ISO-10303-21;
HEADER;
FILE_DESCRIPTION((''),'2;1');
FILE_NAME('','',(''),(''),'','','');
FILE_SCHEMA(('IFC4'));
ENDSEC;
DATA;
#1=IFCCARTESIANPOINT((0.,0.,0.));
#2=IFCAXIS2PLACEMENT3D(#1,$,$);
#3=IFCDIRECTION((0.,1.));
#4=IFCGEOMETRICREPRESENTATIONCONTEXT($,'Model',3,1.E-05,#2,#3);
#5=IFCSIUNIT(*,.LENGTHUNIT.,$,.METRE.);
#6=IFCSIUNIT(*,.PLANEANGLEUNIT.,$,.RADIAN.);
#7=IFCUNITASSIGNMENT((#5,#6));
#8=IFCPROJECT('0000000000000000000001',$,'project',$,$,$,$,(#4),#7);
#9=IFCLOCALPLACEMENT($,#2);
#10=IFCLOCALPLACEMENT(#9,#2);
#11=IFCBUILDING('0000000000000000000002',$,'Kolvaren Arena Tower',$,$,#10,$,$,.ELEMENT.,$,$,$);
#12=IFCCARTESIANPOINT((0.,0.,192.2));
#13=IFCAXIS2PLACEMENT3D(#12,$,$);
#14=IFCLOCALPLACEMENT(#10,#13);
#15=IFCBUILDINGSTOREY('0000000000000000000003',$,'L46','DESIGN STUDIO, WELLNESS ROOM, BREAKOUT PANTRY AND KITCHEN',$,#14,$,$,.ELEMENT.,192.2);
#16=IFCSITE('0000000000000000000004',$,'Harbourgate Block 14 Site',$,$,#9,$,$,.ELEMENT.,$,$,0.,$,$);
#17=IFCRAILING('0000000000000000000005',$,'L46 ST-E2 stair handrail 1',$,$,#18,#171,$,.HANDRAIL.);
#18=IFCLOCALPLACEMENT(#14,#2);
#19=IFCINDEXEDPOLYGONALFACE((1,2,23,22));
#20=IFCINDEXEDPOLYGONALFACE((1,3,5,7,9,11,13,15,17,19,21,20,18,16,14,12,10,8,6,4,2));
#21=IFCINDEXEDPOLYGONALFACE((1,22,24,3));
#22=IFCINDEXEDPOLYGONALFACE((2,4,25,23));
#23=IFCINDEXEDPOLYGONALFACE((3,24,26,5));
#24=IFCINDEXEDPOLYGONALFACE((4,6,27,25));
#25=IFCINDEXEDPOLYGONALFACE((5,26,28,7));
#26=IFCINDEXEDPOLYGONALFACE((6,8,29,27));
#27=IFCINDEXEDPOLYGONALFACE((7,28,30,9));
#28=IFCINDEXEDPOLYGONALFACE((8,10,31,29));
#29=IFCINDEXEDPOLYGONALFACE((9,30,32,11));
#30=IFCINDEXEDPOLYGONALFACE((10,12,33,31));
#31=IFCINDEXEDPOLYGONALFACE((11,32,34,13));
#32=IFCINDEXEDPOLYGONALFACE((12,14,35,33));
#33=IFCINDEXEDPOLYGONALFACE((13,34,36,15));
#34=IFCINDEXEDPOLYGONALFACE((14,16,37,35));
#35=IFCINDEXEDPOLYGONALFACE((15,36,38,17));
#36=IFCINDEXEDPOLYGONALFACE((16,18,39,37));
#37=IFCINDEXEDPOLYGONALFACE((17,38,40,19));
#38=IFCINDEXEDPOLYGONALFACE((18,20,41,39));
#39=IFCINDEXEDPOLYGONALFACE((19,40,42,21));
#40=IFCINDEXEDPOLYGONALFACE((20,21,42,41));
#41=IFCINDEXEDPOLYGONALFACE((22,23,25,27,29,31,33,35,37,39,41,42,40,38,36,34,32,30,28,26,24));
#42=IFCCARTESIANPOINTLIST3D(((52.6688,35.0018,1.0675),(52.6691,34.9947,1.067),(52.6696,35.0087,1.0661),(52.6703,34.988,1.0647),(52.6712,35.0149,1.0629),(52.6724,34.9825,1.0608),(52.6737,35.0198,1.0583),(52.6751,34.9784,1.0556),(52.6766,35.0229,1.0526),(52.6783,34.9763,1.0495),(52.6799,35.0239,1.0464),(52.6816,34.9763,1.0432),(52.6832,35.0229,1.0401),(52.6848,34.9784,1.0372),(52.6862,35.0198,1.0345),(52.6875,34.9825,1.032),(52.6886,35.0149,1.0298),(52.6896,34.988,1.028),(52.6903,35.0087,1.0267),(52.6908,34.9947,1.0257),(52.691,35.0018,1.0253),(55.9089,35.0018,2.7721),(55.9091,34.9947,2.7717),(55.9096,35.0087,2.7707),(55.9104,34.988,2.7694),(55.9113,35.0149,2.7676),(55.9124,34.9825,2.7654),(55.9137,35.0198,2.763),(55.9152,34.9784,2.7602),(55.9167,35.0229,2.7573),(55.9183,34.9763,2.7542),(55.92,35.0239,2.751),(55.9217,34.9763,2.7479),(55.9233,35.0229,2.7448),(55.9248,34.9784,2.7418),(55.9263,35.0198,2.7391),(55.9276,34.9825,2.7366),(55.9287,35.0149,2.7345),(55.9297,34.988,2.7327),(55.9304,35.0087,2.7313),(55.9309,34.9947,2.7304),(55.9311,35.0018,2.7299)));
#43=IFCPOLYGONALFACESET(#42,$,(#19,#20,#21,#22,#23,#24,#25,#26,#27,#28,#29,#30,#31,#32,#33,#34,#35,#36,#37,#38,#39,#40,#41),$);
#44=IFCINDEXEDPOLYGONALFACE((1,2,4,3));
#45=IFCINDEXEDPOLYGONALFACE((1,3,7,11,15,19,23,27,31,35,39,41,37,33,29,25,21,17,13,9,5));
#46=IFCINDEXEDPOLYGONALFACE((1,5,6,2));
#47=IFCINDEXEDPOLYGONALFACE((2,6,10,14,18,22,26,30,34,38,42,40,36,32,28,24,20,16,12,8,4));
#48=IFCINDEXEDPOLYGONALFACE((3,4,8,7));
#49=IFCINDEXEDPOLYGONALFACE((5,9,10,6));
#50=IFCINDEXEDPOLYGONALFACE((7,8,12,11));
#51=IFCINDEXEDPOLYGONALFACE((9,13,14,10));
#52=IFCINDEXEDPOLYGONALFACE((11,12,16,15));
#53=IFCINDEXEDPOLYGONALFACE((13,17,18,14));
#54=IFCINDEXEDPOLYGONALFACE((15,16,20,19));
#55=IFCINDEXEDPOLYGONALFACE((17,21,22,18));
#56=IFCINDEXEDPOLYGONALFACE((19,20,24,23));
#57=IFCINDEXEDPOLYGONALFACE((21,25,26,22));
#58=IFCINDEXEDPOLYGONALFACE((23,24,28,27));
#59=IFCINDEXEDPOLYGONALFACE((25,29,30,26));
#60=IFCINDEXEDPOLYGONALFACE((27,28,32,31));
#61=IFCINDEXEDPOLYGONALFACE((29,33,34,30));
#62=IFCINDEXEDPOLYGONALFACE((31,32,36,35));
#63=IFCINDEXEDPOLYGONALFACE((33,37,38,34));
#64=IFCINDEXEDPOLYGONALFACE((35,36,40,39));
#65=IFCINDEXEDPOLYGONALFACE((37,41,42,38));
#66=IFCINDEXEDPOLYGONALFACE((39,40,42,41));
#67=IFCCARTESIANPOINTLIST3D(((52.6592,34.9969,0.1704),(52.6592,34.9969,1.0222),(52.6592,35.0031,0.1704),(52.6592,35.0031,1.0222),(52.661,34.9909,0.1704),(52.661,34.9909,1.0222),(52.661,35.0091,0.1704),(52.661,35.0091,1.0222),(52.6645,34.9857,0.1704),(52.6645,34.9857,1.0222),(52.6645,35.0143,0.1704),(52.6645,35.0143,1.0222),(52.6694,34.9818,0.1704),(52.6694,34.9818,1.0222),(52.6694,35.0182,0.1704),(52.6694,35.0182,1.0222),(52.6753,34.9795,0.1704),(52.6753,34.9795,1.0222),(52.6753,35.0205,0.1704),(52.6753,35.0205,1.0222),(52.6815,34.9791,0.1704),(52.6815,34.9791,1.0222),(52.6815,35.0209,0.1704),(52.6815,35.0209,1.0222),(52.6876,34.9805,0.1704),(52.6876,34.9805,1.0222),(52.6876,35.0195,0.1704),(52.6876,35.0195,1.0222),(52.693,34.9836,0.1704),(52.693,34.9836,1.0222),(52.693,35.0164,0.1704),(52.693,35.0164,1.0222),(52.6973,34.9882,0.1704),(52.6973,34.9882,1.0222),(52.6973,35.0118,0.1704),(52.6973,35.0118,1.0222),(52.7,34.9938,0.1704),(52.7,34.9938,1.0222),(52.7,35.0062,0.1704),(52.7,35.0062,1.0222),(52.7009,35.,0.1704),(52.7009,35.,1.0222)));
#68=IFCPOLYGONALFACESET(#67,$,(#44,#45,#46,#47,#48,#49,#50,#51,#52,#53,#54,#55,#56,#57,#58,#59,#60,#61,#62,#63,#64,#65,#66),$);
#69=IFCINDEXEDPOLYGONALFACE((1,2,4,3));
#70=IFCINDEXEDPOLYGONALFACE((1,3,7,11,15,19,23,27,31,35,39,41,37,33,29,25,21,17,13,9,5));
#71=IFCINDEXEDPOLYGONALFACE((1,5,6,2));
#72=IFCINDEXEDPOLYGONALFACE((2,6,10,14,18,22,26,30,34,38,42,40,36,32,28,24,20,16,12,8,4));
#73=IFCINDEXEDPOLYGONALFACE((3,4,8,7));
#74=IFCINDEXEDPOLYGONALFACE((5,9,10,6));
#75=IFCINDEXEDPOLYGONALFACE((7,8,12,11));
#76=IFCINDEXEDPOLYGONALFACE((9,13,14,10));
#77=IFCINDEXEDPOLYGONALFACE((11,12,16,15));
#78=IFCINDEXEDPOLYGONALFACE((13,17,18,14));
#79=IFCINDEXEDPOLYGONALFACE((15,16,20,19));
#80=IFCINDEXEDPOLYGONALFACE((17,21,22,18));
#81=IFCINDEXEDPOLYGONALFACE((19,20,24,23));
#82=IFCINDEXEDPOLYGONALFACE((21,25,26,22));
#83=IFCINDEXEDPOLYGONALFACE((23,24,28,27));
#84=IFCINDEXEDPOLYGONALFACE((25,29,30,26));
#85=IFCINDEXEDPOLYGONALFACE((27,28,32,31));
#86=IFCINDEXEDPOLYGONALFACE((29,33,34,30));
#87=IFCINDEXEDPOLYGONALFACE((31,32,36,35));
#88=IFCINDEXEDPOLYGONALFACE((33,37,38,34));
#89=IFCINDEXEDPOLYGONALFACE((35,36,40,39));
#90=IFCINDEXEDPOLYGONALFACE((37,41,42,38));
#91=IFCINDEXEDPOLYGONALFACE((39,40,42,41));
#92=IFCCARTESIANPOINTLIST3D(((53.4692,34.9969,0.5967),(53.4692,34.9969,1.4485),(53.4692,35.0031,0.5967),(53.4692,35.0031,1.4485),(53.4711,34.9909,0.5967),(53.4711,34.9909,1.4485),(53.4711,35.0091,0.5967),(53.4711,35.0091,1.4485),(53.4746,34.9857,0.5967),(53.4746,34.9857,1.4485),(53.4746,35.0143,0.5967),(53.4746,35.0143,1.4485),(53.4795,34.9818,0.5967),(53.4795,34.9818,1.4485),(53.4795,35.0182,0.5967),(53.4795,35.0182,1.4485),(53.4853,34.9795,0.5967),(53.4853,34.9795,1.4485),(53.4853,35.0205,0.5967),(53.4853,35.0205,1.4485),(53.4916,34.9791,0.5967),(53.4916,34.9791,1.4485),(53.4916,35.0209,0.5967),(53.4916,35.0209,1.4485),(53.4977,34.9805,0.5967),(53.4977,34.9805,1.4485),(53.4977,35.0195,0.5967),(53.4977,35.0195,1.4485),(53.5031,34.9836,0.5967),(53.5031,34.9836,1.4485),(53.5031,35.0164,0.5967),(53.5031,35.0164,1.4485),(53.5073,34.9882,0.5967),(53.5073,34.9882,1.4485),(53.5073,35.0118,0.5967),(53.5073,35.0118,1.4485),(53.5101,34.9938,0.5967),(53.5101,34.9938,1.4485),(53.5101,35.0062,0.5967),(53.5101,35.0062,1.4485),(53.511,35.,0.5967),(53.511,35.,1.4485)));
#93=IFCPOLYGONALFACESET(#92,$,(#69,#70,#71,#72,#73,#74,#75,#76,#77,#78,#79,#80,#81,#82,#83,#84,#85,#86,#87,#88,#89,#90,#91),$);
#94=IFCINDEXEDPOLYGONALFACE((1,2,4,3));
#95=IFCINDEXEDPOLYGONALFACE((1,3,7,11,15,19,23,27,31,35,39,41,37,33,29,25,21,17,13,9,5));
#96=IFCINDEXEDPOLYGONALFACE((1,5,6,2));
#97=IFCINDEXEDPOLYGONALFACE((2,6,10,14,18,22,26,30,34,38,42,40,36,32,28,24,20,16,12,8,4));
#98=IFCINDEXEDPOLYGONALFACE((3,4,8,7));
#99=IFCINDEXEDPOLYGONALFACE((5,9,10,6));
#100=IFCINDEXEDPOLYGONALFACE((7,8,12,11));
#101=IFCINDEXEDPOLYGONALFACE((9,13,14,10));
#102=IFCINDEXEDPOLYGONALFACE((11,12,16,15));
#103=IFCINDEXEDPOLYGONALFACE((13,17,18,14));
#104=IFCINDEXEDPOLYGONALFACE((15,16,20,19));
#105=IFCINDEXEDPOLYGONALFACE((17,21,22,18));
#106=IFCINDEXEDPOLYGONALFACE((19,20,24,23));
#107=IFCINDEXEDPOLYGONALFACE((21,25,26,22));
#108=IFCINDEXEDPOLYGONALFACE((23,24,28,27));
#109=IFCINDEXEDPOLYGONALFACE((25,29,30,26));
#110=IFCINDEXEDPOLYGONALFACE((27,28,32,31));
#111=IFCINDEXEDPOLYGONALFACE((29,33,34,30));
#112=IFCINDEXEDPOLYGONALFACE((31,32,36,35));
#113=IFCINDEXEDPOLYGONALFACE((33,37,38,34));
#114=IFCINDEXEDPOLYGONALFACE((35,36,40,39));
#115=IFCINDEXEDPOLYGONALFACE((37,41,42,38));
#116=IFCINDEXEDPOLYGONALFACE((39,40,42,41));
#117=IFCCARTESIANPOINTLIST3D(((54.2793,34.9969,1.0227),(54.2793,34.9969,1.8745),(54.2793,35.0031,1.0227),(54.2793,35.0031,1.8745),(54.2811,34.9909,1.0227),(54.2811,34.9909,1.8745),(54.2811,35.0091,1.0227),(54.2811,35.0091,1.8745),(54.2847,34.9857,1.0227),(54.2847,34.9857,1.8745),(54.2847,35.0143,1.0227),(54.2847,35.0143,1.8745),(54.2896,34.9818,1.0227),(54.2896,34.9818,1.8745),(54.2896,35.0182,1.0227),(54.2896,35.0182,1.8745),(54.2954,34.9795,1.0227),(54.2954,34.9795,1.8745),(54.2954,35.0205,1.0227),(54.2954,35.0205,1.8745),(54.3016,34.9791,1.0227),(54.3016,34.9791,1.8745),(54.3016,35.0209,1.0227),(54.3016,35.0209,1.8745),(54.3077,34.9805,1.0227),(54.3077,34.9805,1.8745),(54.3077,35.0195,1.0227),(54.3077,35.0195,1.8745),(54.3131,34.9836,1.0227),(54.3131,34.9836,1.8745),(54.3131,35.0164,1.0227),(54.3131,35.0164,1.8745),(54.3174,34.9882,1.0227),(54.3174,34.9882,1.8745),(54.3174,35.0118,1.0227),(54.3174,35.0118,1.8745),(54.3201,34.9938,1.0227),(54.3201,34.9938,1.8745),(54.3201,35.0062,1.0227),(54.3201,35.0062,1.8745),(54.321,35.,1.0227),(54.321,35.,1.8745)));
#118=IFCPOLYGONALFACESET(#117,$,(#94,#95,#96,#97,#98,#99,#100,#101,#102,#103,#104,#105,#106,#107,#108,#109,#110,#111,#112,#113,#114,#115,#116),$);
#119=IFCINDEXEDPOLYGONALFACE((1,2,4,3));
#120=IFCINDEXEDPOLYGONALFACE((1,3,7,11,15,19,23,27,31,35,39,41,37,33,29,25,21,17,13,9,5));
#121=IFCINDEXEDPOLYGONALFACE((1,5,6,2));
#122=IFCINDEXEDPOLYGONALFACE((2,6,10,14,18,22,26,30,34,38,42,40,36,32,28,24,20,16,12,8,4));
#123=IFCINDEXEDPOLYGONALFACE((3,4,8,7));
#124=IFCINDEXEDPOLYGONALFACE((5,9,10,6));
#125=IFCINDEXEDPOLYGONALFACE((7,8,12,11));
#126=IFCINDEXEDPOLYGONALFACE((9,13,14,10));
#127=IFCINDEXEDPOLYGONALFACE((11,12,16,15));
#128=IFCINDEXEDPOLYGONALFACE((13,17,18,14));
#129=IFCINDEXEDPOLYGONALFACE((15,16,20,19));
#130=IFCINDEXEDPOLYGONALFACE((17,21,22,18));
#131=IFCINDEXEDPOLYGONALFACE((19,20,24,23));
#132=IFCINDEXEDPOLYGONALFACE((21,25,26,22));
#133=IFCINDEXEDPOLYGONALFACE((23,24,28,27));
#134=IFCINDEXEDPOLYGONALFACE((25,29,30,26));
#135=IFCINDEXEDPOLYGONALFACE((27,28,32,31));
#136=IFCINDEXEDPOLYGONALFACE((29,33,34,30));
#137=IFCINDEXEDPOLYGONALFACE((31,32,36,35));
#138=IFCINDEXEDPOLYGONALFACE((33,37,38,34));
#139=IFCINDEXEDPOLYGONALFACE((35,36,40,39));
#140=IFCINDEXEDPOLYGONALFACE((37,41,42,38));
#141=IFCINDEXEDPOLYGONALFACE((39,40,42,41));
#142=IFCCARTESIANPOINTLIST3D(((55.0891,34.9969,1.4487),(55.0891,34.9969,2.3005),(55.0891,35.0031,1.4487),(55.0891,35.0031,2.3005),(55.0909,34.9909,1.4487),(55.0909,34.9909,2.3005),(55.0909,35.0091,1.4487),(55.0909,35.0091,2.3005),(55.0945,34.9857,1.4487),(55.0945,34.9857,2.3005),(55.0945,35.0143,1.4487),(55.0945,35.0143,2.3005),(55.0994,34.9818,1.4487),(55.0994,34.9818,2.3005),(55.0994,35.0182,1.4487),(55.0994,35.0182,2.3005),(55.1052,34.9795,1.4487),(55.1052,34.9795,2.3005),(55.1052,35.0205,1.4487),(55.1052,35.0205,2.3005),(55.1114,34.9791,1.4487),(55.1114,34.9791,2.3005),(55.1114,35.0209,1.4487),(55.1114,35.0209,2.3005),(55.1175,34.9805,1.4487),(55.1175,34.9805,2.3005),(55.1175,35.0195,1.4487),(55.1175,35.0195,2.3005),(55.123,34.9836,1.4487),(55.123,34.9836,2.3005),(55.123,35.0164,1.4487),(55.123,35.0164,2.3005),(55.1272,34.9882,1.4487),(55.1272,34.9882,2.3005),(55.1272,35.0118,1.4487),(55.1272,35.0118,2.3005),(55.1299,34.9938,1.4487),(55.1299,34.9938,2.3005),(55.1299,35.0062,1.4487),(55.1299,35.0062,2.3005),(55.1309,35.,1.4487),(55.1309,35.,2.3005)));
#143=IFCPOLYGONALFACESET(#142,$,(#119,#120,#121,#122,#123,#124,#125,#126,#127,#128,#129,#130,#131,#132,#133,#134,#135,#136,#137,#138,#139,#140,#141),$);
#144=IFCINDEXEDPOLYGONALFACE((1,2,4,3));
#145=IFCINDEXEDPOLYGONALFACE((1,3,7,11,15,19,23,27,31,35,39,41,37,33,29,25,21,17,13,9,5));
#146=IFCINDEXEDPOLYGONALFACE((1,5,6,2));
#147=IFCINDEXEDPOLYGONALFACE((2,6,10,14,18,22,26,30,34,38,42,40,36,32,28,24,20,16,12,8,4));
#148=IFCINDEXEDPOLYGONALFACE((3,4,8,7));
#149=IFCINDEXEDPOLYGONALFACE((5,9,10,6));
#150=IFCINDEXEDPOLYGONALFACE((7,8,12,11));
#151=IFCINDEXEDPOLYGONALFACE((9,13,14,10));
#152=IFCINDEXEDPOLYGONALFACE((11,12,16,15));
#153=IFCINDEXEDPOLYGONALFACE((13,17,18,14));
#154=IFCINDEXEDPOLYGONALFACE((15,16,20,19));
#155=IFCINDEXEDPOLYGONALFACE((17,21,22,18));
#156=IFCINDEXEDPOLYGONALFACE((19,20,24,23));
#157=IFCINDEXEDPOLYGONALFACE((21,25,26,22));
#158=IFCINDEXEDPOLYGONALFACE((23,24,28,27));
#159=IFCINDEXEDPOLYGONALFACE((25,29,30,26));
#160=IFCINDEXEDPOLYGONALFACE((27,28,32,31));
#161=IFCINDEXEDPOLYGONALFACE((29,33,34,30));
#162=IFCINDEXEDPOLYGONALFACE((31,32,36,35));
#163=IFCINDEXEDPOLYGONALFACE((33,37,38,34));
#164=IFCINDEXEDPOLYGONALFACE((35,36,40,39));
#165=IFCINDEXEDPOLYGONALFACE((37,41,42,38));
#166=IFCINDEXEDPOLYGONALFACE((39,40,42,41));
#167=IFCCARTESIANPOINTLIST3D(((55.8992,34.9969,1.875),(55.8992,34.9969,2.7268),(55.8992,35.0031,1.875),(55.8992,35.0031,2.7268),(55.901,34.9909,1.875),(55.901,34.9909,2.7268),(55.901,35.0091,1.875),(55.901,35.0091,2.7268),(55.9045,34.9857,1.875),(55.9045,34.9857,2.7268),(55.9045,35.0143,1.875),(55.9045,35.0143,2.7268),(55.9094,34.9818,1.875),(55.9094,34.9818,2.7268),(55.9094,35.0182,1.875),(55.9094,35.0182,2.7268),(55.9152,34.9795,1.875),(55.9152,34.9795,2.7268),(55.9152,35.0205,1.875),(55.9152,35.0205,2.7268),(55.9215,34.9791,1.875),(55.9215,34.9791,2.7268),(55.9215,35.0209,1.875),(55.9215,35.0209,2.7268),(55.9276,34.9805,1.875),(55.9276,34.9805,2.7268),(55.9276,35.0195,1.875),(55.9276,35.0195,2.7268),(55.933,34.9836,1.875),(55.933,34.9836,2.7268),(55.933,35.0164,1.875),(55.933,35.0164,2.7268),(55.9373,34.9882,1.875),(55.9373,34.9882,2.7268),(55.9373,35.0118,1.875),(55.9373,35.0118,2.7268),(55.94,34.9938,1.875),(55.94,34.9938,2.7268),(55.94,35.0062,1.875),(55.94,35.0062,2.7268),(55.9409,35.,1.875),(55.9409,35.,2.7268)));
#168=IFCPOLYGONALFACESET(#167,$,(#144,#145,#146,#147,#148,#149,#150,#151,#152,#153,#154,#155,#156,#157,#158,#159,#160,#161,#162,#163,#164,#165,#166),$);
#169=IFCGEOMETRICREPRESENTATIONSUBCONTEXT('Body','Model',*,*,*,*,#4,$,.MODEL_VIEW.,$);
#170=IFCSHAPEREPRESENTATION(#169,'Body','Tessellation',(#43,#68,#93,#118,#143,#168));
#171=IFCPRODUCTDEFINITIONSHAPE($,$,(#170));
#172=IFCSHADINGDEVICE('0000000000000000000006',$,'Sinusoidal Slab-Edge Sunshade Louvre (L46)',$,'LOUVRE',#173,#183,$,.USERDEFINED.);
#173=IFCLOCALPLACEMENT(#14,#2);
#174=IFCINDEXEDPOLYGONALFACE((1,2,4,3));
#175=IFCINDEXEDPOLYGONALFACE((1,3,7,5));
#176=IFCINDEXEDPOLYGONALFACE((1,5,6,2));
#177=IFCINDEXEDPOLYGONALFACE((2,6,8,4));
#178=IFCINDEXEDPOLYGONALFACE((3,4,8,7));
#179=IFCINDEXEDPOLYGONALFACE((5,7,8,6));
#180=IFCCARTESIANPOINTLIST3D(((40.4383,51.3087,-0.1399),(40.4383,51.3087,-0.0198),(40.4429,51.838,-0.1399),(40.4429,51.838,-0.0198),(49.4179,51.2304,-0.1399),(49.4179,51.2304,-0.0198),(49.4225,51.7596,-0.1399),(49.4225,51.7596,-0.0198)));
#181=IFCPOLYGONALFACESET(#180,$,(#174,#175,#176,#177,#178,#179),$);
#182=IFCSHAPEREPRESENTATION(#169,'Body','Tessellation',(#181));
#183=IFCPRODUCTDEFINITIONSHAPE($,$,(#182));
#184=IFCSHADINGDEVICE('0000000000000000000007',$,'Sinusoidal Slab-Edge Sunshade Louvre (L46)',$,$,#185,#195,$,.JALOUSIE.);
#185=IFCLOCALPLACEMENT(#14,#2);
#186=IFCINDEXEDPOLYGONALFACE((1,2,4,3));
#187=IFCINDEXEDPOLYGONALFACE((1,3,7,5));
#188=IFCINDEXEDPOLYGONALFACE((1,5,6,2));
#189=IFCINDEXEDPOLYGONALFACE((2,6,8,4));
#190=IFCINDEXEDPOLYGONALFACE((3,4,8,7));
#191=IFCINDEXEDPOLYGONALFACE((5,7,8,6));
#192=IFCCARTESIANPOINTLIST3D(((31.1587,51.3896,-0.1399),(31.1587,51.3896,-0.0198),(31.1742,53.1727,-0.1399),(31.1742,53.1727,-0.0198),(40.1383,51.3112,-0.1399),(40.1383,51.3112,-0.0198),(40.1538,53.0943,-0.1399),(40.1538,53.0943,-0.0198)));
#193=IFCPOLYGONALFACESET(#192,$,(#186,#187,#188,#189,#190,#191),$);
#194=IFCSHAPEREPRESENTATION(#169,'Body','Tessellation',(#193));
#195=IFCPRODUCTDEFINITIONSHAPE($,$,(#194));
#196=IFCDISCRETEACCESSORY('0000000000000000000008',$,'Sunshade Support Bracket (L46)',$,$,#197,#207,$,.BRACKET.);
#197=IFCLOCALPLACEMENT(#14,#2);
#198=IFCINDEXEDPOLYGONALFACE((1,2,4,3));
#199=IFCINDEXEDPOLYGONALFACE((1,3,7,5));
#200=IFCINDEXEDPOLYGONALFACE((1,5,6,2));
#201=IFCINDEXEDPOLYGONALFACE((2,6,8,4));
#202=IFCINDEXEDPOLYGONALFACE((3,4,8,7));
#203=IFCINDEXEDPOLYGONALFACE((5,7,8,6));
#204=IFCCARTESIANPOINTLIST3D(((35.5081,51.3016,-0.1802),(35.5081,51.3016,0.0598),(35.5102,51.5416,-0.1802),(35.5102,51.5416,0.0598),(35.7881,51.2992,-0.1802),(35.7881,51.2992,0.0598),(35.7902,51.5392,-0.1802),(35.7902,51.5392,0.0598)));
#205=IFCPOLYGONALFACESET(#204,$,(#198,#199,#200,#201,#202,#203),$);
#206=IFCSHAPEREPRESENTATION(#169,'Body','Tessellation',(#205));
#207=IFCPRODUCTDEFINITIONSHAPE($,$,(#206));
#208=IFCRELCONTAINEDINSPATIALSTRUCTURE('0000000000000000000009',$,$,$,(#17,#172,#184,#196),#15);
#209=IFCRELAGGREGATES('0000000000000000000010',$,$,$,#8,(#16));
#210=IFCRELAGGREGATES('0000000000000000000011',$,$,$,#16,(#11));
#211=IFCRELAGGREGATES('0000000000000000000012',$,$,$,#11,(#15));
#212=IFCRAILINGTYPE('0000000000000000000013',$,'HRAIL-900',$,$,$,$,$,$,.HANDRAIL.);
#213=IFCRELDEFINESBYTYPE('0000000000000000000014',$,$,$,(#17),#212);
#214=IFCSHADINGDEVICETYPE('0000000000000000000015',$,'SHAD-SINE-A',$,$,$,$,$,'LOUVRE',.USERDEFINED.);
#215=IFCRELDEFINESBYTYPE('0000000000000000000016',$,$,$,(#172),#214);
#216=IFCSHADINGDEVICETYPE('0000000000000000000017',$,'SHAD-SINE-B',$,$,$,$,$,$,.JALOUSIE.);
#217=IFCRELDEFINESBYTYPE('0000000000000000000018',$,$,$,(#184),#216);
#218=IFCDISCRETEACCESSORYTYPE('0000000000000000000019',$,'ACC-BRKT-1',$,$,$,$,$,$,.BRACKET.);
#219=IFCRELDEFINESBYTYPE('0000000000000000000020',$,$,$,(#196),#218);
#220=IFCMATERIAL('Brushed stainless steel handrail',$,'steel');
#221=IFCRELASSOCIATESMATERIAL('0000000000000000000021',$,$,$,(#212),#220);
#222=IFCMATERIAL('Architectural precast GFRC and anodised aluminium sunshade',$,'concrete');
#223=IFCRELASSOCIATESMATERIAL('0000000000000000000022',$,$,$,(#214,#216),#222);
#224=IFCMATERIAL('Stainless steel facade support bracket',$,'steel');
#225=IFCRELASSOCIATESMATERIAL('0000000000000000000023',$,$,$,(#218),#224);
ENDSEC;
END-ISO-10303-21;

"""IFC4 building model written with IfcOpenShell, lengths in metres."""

from ifc_helpers import new_model, si_unit, direction, frame, origin, origin_2d, place, context, subcontext, project, spatial, rectangle, circle, extrude, material, type_object, element, save


model = new_model("IFC4")

# Units and contexts
model_context = context("Model", 3, precision=1e-05, world=origin(), true_north=direction((0.0, 1.0)))
body_context = subcontext(model_context, "Body", "Model", "MODEL_VIEW")
ifc_project = project(units=[si_unit("LENGTHUNIT", "METRE"), si_unit("PLANEANGLEUNIT", "RADIAN")], contexts=[model_context])

# Site, building, storey
site_placement = place(None, origin())
site = spatial("IfcSite", under=ifc_project, at=site_placement, Name="Harbourgate Block 14 Site", CompositionType="ELEMENT", RefElevation=0.0)
building_placement = place(site_placement, origin())
building = spatial("IfcBuilding", under=site, at=building_placement, Name="Kolvaren Arena Tower", CompositionType="ELEMENT")
storey_placement = place(building_placement, frame((0.0, 0.0, 192.2)))
storey = spatial("IfcBuildingStorey", under=building, at=storey_placement, Name="L46", Description="DESIGN STUDIO, WELLNESS ROOM, BREAKOUT PANTRY AND KITCHEN", CompositionType="ELEMENT", Elevation=192.2)

# Railing
ifc_material_1 = material(Name="Brushed stainless steel handrail", Category="steel")
railing_type_1 = type_object("IfcRailingType", Name="HRAIL-900", PredefinedType="HANDRAIL", material=ifc_material_1)
railing_1_placement = place(storey_placement, frame((52.6799, 35.0, 0.1704)))
element("IfcRailing", 1, at=railing_1_placement, inside=storey, type_object=railing_type_1, Name="L46 ST-E2 stair handrail 1", PredefinedType="HANDRAIL", context=body_context, shape_type="SweptSolid", body=[
    extrude(circle(Radius=0.0239, at=origin_2d()), frame((0.0, 0.0, 0.876), z_axis=(0.884993, 0.0, 0.465604), x_axis=(0.0, 1.0, 0.0)), (0.0, 0.0, 1.0), 3.6611),
    extrude(circle(Radius=0.021, at=origin_2d()), origin(), (0.0, 0.0, 1.0), 0.8518),
    extrude(circle(Radius=0.021, at=origin_2d()), frame((0.8101, 0.0, 0.4263)), (0.0, 0.0, 1.0), 0.8518),
    extrude(circle(Radius=0.021, at=origin_2d()), frame((1.6201, 0.0, 0.8523)), (0.0, 0.0, 1.0), 0.8518),
    extrude(circle(Radius=0.021, at=origin_2d()), frame((2.4299, 0.0, 1.2783)), (0.0, 0.0, 1.0), 0.8518),
    extrude(circle(Radius=0.021, at=origin_2d()), frame((3.24, 0.0, 1.7046)), (0.0, 0.0, 1.0), 0.8518),
])

# Shading devices
ifc_material_2 = material(Name="Architectural precast GFRC and anodised aluminium sunshade", Category="concrete")
shading_device_type_1 = type_object("IfcShadingDeviceType", Name="SHAD-SINE-A", ElementType="LOUVRE", PredefinedType="USERDEFINED", material=ifc_material_2)
shading_device_1_placement = place(storey_placement, frame((44.9304, 51.5342, -0.1399), z_axis=(0.0, 0.0, 1.0), x_axis=(0.999962, -0.008727, 0.0)))
element("IfcShadingDevice", 2, at=shading_device_1_placement, inside=storey, type_object=shading_device_type_1, Name="Sinusoidal Slab-Edge Sunshade Louvre (L46)", ObjectType="LOUVRE", PredefinedType="USERDEFINED", context=body_context, shape_type="SweptSolid", body=[
    extrude(rectangle(XDim=8.98, YDim=0.5293, at=origin_2d()), origin(), (0.0, 0.0, 1.0), 0.1201),
])
shading_device_type_2 = type_object("IfcShadingDeviceType", Name="SHAD-SINE-B", PredefinedType="JALOUSIE", material=ifc_material_2)
shading_device_2_placement = place(storey_placement, frame((35.6562, 52.2419, -0.1399), z_axis=(0.0, 0.0, 1.0), x_axis=(0.999962, -0.008727, 0.0)))
element("IfcShadingDevice", 3, at=shading_device_2_placement, inside=storey, type_object=shading_device_type_2, Name="Sinusoidal Slab-Edge Sunshade Louvre (L46)", PredefinedType="JALOUSIE", context=body_context, shape_type="SweptSolid", body=[
    extrude(rectangle(XDim=8.98, YDim=1.7832, at=origin_2d()), origin(), (0.0, 0.0, 1.0), 0.1201),
])

# Discrete accessory
ifc_material_3 = material(Name="Stainless steel facade support bracket", Category="steel")
discrete_accessory_type = type_object("IfcDiscreteAccessoryType", Name="ACC-BRKT-1", PredefinedType="BRACKET", material=ifc_material_3)
for number, where, z_axis, x_axis, name in (
    (4, (35.6492, 51.4204, -0.1802), (0.0, 0.0, 1.0), (0.999962, -0.008727, 0.0), "Sunshade Support Bracket (L46)"),
):
    element("IfcDiscreteAccessory", number, at=place(storey_placement, frame(where, z_axis=z_axis, x_axis=x_axis)), inside=storey, type_object=discrete_accessory_type, Name=name, PredefinedType="BRACKET", context=body_context, shape_type="SweptSolid", body=[
        extrude(rectangle(XDim=0.28, YDim=0.24, at=origin_2d()), origin(), (0.0, 0.0, 1.0), 0.24),
    ])

save(model, "model.ifc")
